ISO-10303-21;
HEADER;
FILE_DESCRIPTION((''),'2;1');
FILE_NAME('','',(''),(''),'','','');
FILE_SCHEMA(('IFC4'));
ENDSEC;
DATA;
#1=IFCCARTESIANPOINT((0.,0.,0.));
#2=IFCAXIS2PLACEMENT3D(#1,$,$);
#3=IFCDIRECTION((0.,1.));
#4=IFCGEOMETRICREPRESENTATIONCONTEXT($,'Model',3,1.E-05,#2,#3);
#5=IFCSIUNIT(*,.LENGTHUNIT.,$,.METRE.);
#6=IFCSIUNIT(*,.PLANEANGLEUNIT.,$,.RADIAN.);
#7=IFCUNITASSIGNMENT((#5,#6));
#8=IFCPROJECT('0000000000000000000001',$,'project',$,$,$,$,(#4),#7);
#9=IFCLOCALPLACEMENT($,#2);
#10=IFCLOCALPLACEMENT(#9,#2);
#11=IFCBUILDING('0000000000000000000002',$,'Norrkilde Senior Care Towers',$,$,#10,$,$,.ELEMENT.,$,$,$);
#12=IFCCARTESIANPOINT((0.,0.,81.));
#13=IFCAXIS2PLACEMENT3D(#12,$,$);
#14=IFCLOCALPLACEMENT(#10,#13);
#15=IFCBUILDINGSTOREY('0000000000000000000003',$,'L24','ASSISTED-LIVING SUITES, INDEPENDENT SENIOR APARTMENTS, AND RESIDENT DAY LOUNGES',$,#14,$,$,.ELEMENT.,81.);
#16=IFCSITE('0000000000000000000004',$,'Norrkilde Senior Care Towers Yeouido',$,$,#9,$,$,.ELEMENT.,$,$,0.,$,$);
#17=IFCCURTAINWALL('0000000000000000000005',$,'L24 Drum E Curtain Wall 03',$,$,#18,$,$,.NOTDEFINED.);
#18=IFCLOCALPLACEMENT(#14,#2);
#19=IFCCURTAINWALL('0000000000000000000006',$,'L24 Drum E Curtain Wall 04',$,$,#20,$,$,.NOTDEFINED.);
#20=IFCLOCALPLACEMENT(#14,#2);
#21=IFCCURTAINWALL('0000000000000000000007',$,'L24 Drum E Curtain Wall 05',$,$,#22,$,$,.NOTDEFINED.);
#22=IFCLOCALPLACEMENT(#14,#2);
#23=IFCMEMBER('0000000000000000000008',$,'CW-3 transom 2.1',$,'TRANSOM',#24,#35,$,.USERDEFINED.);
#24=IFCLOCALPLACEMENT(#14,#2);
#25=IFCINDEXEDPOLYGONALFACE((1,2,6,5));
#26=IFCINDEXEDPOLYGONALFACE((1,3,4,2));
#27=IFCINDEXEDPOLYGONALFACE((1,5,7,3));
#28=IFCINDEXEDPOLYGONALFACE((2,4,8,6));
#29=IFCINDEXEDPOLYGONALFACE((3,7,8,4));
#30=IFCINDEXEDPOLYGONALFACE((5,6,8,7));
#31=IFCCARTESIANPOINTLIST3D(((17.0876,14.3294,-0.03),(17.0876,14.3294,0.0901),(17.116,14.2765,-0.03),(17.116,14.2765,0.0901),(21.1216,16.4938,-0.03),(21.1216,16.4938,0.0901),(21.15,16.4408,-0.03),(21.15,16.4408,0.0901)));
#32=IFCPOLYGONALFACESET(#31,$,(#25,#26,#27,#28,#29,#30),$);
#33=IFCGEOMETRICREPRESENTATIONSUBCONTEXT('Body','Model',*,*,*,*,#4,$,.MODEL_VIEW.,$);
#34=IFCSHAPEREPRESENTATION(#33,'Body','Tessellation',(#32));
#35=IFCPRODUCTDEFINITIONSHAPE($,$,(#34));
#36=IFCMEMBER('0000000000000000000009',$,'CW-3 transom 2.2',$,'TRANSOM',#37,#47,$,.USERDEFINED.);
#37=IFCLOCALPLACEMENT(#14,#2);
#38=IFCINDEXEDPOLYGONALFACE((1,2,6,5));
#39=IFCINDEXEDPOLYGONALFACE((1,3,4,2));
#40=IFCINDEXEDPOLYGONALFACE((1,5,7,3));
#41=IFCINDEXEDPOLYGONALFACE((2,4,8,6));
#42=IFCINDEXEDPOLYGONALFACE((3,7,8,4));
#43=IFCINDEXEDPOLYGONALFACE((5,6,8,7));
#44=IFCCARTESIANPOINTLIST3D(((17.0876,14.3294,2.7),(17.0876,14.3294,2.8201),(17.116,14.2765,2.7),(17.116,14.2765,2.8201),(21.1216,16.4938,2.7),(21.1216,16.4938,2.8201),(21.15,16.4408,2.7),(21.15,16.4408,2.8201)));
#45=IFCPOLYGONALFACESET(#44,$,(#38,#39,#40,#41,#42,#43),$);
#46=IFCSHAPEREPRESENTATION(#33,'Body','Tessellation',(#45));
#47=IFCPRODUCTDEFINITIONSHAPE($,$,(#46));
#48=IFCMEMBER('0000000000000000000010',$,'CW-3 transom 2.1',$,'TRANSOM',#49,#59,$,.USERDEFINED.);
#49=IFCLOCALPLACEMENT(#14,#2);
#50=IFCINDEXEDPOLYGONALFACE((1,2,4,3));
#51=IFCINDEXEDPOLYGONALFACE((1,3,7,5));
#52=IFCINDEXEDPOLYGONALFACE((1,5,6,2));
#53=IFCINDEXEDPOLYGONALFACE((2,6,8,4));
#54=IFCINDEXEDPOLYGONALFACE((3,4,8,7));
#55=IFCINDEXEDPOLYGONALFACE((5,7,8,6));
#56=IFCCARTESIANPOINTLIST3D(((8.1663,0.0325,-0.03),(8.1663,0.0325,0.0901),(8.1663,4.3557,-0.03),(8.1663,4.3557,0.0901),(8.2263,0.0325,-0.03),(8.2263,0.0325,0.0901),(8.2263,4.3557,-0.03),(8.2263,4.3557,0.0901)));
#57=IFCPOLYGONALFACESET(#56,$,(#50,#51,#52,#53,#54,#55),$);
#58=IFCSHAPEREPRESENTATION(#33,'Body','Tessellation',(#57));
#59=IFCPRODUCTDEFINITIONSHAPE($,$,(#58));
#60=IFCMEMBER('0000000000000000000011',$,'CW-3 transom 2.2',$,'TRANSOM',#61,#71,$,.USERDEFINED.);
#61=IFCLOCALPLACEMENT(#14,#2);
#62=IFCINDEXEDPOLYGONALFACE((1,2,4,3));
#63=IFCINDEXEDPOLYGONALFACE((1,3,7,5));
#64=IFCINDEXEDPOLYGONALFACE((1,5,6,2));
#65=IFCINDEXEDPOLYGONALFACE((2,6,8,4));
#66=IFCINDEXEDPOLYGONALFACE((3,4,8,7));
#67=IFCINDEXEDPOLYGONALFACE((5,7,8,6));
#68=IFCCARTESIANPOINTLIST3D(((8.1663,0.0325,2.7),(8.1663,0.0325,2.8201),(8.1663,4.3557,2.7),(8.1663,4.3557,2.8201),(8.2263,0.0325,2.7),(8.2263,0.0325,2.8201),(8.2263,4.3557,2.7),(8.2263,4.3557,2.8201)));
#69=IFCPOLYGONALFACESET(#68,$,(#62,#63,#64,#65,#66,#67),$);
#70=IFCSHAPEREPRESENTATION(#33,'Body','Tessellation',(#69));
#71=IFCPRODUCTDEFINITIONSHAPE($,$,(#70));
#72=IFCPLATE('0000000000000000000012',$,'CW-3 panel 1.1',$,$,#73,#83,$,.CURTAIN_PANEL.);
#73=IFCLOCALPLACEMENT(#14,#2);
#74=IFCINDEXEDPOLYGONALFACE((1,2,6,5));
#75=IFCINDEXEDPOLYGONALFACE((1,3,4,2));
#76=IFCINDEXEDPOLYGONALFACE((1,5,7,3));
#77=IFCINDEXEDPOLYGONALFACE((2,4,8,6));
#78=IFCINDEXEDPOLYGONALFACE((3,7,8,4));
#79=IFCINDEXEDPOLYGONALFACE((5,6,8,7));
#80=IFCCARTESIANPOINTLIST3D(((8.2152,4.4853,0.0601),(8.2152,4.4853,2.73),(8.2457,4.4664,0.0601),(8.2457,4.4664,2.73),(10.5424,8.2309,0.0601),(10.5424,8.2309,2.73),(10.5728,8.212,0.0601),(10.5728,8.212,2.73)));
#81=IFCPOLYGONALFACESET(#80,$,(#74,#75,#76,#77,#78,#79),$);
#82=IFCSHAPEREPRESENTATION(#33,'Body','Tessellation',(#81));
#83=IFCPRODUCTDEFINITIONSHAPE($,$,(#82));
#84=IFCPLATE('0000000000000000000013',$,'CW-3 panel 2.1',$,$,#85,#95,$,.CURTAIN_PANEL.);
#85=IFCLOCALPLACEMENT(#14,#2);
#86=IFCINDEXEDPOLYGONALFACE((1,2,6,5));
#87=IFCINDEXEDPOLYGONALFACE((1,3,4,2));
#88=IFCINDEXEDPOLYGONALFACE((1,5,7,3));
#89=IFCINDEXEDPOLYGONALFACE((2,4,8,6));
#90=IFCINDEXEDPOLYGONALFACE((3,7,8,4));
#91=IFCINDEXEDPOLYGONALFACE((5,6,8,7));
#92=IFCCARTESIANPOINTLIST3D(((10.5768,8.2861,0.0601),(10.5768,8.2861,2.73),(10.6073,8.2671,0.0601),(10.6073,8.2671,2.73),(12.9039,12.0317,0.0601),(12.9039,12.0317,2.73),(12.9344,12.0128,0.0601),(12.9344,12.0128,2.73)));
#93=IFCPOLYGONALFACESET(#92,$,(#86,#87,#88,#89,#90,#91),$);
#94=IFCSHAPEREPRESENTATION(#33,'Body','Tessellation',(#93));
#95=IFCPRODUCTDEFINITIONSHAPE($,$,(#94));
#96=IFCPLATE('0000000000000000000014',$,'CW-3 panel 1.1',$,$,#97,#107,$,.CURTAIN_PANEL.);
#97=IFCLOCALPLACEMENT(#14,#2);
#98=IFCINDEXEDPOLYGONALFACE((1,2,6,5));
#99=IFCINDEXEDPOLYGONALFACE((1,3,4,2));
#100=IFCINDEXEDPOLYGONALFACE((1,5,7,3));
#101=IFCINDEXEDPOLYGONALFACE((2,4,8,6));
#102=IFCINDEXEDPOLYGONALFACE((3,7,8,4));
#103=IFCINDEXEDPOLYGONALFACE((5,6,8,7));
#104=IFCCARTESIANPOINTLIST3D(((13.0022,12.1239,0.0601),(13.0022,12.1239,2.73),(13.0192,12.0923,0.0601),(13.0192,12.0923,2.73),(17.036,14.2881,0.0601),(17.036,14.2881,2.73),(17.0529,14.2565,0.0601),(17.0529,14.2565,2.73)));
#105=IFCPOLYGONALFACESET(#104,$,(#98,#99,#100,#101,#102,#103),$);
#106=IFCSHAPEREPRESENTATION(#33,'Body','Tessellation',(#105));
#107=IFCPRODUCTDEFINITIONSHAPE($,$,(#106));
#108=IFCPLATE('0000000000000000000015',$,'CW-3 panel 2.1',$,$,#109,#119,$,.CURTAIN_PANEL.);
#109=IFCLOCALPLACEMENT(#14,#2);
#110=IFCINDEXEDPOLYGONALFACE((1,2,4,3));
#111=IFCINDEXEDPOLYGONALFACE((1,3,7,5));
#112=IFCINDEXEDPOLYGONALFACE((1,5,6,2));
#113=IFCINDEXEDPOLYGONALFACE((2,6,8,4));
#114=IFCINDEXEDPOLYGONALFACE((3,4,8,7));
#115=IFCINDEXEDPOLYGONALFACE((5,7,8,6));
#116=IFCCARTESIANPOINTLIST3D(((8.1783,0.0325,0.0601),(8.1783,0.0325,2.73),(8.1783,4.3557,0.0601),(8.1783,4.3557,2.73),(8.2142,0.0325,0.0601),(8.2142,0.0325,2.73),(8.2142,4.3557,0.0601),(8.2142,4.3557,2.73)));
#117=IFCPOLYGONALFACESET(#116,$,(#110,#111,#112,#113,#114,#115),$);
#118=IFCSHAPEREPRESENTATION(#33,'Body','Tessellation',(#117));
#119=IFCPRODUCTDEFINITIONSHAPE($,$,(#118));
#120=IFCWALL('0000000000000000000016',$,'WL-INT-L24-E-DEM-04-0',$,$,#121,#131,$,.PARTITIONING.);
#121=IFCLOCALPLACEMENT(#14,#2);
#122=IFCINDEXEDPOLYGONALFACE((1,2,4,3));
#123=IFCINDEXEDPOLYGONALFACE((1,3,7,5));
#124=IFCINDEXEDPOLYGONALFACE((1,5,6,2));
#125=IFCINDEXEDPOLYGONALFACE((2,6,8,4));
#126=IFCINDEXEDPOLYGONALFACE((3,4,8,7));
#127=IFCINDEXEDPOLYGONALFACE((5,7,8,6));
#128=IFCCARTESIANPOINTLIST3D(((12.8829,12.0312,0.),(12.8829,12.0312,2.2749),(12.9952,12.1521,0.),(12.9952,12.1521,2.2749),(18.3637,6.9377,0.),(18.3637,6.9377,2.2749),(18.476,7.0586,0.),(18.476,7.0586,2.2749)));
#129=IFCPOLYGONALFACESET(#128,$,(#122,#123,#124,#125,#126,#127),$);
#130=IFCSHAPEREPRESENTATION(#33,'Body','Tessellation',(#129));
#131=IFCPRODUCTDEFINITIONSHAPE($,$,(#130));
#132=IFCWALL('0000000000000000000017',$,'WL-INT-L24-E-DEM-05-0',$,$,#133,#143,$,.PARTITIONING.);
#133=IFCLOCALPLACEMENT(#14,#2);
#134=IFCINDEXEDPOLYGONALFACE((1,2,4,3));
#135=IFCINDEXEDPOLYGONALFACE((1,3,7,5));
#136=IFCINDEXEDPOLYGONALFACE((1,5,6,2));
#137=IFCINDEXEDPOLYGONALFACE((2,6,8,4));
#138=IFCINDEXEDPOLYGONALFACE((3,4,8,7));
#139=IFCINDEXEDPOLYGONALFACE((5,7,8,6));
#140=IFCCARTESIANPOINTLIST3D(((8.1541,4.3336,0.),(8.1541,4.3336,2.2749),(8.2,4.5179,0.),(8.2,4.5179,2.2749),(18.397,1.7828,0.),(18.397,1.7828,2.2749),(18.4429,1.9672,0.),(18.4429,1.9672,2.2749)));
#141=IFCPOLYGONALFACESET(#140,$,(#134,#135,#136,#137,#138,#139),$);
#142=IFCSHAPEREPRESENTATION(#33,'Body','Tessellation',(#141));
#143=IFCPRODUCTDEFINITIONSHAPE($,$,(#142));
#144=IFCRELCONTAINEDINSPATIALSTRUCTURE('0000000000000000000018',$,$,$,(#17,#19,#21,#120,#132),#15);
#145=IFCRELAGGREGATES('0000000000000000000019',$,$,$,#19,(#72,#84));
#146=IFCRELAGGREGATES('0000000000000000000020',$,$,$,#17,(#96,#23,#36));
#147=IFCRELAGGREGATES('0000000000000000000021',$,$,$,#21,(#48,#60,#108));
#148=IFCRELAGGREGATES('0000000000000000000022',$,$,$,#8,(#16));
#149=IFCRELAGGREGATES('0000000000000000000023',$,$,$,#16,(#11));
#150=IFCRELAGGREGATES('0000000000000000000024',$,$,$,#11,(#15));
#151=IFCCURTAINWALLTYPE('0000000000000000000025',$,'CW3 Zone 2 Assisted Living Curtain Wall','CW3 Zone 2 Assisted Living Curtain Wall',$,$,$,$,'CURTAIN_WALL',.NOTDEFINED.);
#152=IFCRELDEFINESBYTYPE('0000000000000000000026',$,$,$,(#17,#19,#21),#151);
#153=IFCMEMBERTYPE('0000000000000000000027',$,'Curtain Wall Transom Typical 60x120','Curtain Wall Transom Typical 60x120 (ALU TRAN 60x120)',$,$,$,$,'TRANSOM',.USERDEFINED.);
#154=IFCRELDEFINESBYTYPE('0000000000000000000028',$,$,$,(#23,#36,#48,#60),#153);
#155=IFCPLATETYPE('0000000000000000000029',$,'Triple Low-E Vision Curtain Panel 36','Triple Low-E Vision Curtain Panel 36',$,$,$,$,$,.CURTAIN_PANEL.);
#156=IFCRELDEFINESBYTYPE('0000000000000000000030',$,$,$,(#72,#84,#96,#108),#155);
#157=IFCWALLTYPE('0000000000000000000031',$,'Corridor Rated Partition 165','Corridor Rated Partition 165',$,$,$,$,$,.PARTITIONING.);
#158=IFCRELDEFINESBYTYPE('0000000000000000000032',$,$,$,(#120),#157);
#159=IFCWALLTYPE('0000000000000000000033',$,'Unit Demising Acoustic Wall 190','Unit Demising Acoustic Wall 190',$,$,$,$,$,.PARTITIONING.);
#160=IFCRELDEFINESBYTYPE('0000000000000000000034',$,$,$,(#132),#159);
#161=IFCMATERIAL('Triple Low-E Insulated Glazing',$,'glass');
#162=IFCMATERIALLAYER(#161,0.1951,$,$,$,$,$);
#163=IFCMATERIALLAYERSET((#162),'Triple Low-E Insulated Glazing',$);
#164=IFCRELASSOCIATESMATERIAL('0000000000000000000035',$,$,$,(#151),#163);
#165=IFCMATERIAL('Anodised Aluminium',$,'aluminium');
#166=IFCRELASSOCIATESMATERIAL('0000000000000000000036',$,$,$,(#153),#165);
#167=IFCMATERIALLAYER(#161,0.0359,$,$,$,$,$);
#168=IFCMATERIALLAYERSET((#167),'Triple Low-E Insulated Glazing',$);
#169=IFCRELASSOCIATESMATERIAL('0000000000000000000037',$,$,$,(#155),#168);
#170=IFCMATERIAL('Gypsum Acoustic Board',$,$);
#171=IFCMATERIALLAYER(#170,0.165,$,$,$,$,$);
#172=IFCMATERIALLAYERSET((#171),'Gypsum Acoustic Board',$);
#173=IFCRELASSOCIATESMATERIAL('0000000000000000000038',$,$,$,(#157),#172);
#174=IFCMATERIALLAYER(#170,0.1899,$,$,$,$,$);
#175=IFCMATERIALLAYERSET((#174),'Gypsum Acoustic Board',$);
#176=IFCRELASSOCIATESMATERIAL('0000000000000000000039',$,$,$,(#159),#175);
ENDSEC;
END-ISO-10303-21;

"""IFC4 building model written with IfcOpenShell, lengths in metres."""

from ifc_helpers import new_model, si_unit, direction, frame, frame_2d, origin, origin_2d, place, context, subcontext, project, spatial, rectangle, extrude, source, transform, mapped, material, layer, layer_set, material_profile, profile_set, type_object, type_shapes, element, aggregate, save


model = new_model("IFC4")

# Units and contexts
model_context = context("Model", 3, precision=1e-05, world=origin(), true_north=direction((0.0, 1.0)))
body_context = subcontext(model_context, "Body", "Model", "MODEL_VIEW")
ifc_project = project(units=[si_unit("LENGTHUNIT", "METRE"), si_unit("PLANEANGLEUNIT", "RADIAN")], contexts=[model_context])

# Site, building, storey
site_placement = place(None, origin())
site = spatial("IfcSite", under=ifc_project, at=site_placement, Name="Norrkilde Senior Care Towers Yeouido", CompositionType="ELEMENT", RefElevation=0.0)
building_placement = place(site_placement, origin())
building = spatial("IfcBuilding", under=site, at=building_placement, Name="Norrkilde Senior Care Towers", CompositionType="ELEMENT")
storey_placement = place(building_placement, frame((0.0, 0.0, 81.0)))
storey = spatial("IfcBuildingStorey", under=building, at=storey_placement, Name="L24", Description="ASSISTED-LIVING SUITES, INDEPENDENT SENIOR APARTMENTS, AND RESIDENT DAY LOUNGES", CompositionType="ELEMENT", Elevation=81.0)

# Curtain walls
ifc_material_1 = material(Name="Triple Low-E Insulated Glazing", Category="glass")
ifc_layer_1 = layer(ifc_material_1, 0.1951)
ifc_layer_set_1 = layer_set([ifc_layer_1], Name="Triple Low-E Insulated Glazing")
curtain_wall_type = type_object("IfcCurtainWallType", Name="CW3 Zone 2 Assisted Living Curtain Wall", Description="CW3 Zone 2 Assisted Living Curtain Wall", ElementType="CURTAIN_WALL", PredefinedType="NOTDEFINED", material=ifc_layer_set_1)
curtain_wall_1_placement = place(storey_placement, origin())
curtain_wall_1 = element("IfcCurtainWall", 1, at=curtain_wall_1_placement, inside=storey, type_object=curtain_wall_type, Name="L24 Drum E Curtain Wall 03", PredefinedType="NOTDEFINED")
ifc_material_2 = material(Name="Anodised Aluminium", Category="aluminium")
curtain_wall_2_placement = place(storey_placement, origin())
curtain_wall_2 = element("IfcCurtainWall", 2, at=curtain_wall_2_placement, inside=storey, type_object=curtain_wall_type, Name="L24 Drum E Curtain Wall 04", PredefinedType="NOTDEFINED")
curtain_wall_3_placement = place(storey_placement, origin())
curtain_wall_3 = element("IfcCurtainWall", 3, at=curtain_wall_3_placement, inside=storey, type_object=curtain_wall_type, Name="L24 Drum E Curtain Wall 05", PredefinedType="NOTDEFINED")

# Members
ifc_material_profile_1 = material_profile(ifc_material_2, rectangle(XDim=0.0601, YDim=0.1201, at=origin_2d()), Name="ALU TRAN 60x120")
ifc_profile_set_1 = profile_set([ifc_material_profile_1], Name="Anodised Aluminium")
member_type_1 = type_object("IfcMemberType", Name="Curtain Wall Transom Typical 60x120", Description="Curtain Wall Transom Typical 60x120 (ALU TRAN 60x120)", ElementType="TRANSOM", PredefinedType="USERDEFINED", material=ifc_profile_set_1)
shared_shape_1 = source(origin(), body_context, "Body", "SweptSolid", [
    extrude(rectangle(XDim=0.0601, YDim=0.1201, at=origin_2d()), origin(), (0.0, 0.0, 1.0), 4.5779),
])
member_1_placement = place(storey_placement, frame((17.1018, 14.303, 0.03), z_axis=(0.881182, 0.472776, 0.0), x_axis=(-0.472776, 0.881182, 0.0)))
member_1 = element("IfcMember", 4, at=member_1_placement, type_object=member_type_1, Name="CW-3 transom 2.1", ObjectType="TRANSOM", PredefinedType="USERDEFINED", context=body_context, shape_type="MappedRepresentation", body=[
    mapped(shared_shape_1, transform((0.0, 0.0, 0.0), x_axis=(1.0, 0.0, 0.0), y_axis=(0.0, 1.0, 0.0), z_axis=(0.0, 0.0, 1.0), scale=1.0)),
])
member_2_placement = place(storey_placement, frame((17.1018, 14.303, 2.76), z_axis=(0.881182, 0.472776, 0.0), x_axis=(-0.472776, 0.881182, 0.0)))
member_2 = element("IfcMember", 5, at=member_2_placement, type_object=member_type_1, Name="CW-3 transom 2.2", ObjectType="TRANSOM", PredefinedType="USERDEFINED", context=body_context, shape_type="MappedRepresentation", body=[
    mapped(shared_shape_1, transform((0.0, 0.0, 0.0), x_axis=(1.0, 0.0, 0.0), y_axis=(0.0, 1.0, 0.0), z_axis=(0.0, 0.0, 1.0), scale=1.0)),
])
shared_shape_2 = source(origin(), body_context, "Body", "SweptSolid", [
    extrude(rectangle(XDim=0.0601, YDim=0.1201, at=origin_2d()), origin(), (0.0, 0.0, 1.0), 4.3232),
])
member_3_placement = place(storey_placement, frame((8.1963, 0.0325, 0.03), z_axis=(0.0, 1.0, 0.0), x_axis=(-1.0, 0.0, 0.0)))
member_3 = element("IfcMember", 6, at=member_3_placement, type_object=member_type_1, Name="CW-3 transom 2.1", ObjectType="TRANSOM", PredefinedType="USERDEFINED", context=body_context, shape_type="MappedRepresentation", body=[
    mapped(shared_shape_2, transform((0.0, 0.0, 0.0), x_axis=(1.0, 0.0, 0.0), y_axis=(0.0, 1.0, 0.0), z_axis=(0.0, 0.0, 1.0), scale=1.0)),
])
member_4_placement = place(storey_placement, frame((8.1963, 0.0325, 2.76), z_axis=(0.0, 1.0, 0.0), x_axis=(-1.0, 0.0, 0.0)))
member_4 = element("IfcMember", 7, at=member_4_placement, type_object=member_type_1, Name="CW-3 transom 2.2", ObjectType="TRANSOM", PredefinedType="USERDEFINED", context=body_context, shape_type="MappedRepresentation", body=[
    mapped(shared_shape_2, transform((0.0, 0.0, 0.0), x_axis=(1.0, 0.0, 0.0), y_axis=(0.0, 1.0, 0.0), z_axis=(0.0, 0.0, 1.0), scale=1.0)),
])

# Plates
ifc_layer_2 = layer(ifc_material_1, 0.0359)
ifc_layer_set_2 = layer_set([ifc_layer_2], Name="Triple Low-E Insulated Glazing")
plate_type = type_object("IfcPlateType", Name="Triple Low-E Vision Curtain Panel 36", Description="Triple Low-E Vision Curtain Panel 36", PredefinedType="CURTAIN_PANEL", material=ifc_layer_set_2)
shared_shape_3 = source(origin(), body_context, "Body", "SweptSolid", [
    extrude(rectangle(XDim=4.4097, YDim=0.0359, at=origin_2d()), origin(), (0.0, 0.0, 1.0), 2.6699),
])
plate_1_placement = place(storey_placement, frame((9.394, 6.3486, 0.0601), z_axis=(0.0, 0.0, 1.0), x_axis=(0.527733, 0.84941, 0.0)))
plate_1 = element("IfcPlate", 8, at=plate_1_placement, type_object=plate_type, Name="CW-3 panel 1.1", PredefinedType="CURTAIN_PANEL", context=body_context, shape_type="MappedRepresentation", body=[
    mapped(shared_shape_3, transform((0.0, 0.0, 0.0), x_axis=(1.0, 0.0, 0.0), y_axis=(0.0, 1.0, 0.0), z_axis=(0.0, 0.0, 1.0), scale=1.0)),
])
plate_2_placement = place(storey_placement, frame((11.7556, 10.1494, 0.0601), z_axis=(0.0, 0.0, 1.0), x_axis=(0.527733, 0.84941, 0.0)))
plate_2 = element("IfcPlate", 9, at=plate_2_placement, type_object=plate_type, Name="CW-3 panel 2.1", PredefinedType="CURTAIN_PANEL", context=body_context, shape_type="MappedRepresentation", body=[
    mapped(shared_shape_3, transform((0.0, 0.0, 0.0), x_axis=(1.0, 0.0, 0.0), y_axis=(0.0, 1.0, 0.0), z_axis=(0.0, 0.0, 1.0), scale=1.0)),
])
aggregate(curtain_wall_2, [plate_1, plate_2])
shared_shape_4 = source(origin(), body_context, "Body", "SweptSolid", [
    extrude(rectangle(XDim=4.5776, YDim=0.0359, at=origin_2d()), origin(), (0.0, 0.0, 1.0), 2.6699),
])
plate_3_placement = place(storey_placement, frame((15.0276, 13.1902, 0.0601), z_axis=(0.0, 0.0, 1.0), x_axis=(0.881186, 0.472769, 0.0)))
plate_3 = element("IfcPlate", 10, at=plate_3_placement, type_object=plate_type, Name="CW-3 panel 1.1", PredefinedType="CURTAIN_PANEL", context=body_context, shape_type="MappedRepresentation", body=[
    mapped(shared_shape_4, transform((0.0, 0.0, 0.0), x_axis=(1.0, 0.0, 0.0), y_axis=(0.0, 1.0, 0.0), z_axis=(0.0, 0.0, 1.0), scale=1.0)),
])
aggregate(curtain_wall_1, [plate_3, member_1, member_2])
shared_shape_5 = source(origin(), body_context, "Body", "SweptSolid", [
    extrude(rectangle(XDim=4.3232, YDim=0.0359, at=origin_2d()), origin(), (0.0, 0.0, 1.0), 2.6699),
])
type_shapes(plate_type, [shared_shape_3, shared_shape_4, shared_shape_5])
plate_4_placement = place(storey_placement, frame((8.1963, 2.1941, 0.0601), z_axis=(0.0, 0.0, 1.0), x_axis=(0.0, 1.0, 0.0)))
plate_4 = element("IfcPlate", 11, at=plate_4_placement, type_object=plate_type, Name="CW-3 panel 2.1", PredefinedType="CURTAIN_PANEL", context=body_context, shape_type="MappedRepresentation", body=[
    mapped(shared_shape_5, transform((0.0, 0.0, 0.0), x_axis=(1.0, 0.0, 0.0), y_axis=(0.0, 1.0, 0.0), z_axis=(0.0, 0.0, 1.0), scale=1.0)),
])
aggregate(curtain_wall_3, [member_3, member_4, plate_4])

# Walls
ifc_material_3 = material(Name="Gypsum Acoustic Board")
ifc_layer_3 = layer(ifc_material_3, 0.165)
ifc_layer_set_3 = layer_set([ifc_layer_3], Name="Gypsum Acoustic Board")
wall_type_1 = type_object("IfcWallType", Name="Corridor Rated Partition 165", Description="Corridor Rated Partition 165", PredefinedType="PARTITIONING", material=ifc_layer_set_3)
shared_shape_6 = source(origin(), body_context, "Body", "SweptSolid", [
    extrude(rectangle(XDim=7.4822, YDim=0.165, at=frame_2d((3.7412, 0.0))), origin(), (0.0, 0.0, 1.0), 2.2749),
])
type_shapes(wall_type_1, [shared_shape_6])
wall_1_placement = place(storey_placement, frame((18.4199, 6.998, 0.0), z_axis=(0.0, 0.0, 1.0), x_axis=(-0.732509, 0.680758, 0.0)))
element("IfcWall", 12, at=wall_1_placement, inside=storey, type_object=wall_type_1, Name="WL-INT-L24-E-DEM-04-0", PredefinedType="PARTITIONING", context=body_context, shape_type="MappedRepresentation", body=[
    mapped(shared_shape_6, transform((0.0, 0.0, 0.0), x_axis=(1.0, 0.0, 0.0), y_axis=(0.0, 1.0, 0.0), z_axis=(0.0, 0.0, 1.0), scale=1.0)),
])
ifc_layer_4 = layer(ifc_material_3, 0.1899)
ifc_layer_set_4 = layer_set([ifc_layer_4], Name="Gypsum Acoustic Board")
wall_type_2 = type_object("IfcWallType", Name="Unit Demising Acoustic Wall 190", Description="Unit Demising Acoustic Wall 190", PredefinedType="PARTITIONING", material=ifc_layer_set_4)
shared_shape_7 = source(origin(), body_context, "Body", "SweptSolid", [
    extrude(rectangle(XDim=10.5557, YDim=0.1899, at=frame_2d((5.2778, 0.0))), origin(), (0.0, 0.0, 1.0), 2.2749),
])
type_shapes(wall_type_2, [shared_shape_7])
wall_2_placement = place(storey_placement, frame((18.4199, 1.875, 0.0), z_axis=(0.0, 0.0, 1.0), x_axis=(-0.970364, 0.241648, 0.0)))
element("IfcWall", 13, at=wall_2_placement, inside=storey, type_object=wall_type_2, Name="WL-INT-L24-E-DEM-05-0", PredefinedType="PARTITIONING", context=body_context, shape_type="MappedRepresentation", body=[
    mapped(shared_shape_7, transform((0.0, 0.0, 0.0), x_axis=(1.0, 0.0, 0.0), y_axis=(0.0, 1.0, 0.0), z_axis=(0.0, 0.0, 1.0), scale=1.0)),
])

save(model, "model.ifc")
